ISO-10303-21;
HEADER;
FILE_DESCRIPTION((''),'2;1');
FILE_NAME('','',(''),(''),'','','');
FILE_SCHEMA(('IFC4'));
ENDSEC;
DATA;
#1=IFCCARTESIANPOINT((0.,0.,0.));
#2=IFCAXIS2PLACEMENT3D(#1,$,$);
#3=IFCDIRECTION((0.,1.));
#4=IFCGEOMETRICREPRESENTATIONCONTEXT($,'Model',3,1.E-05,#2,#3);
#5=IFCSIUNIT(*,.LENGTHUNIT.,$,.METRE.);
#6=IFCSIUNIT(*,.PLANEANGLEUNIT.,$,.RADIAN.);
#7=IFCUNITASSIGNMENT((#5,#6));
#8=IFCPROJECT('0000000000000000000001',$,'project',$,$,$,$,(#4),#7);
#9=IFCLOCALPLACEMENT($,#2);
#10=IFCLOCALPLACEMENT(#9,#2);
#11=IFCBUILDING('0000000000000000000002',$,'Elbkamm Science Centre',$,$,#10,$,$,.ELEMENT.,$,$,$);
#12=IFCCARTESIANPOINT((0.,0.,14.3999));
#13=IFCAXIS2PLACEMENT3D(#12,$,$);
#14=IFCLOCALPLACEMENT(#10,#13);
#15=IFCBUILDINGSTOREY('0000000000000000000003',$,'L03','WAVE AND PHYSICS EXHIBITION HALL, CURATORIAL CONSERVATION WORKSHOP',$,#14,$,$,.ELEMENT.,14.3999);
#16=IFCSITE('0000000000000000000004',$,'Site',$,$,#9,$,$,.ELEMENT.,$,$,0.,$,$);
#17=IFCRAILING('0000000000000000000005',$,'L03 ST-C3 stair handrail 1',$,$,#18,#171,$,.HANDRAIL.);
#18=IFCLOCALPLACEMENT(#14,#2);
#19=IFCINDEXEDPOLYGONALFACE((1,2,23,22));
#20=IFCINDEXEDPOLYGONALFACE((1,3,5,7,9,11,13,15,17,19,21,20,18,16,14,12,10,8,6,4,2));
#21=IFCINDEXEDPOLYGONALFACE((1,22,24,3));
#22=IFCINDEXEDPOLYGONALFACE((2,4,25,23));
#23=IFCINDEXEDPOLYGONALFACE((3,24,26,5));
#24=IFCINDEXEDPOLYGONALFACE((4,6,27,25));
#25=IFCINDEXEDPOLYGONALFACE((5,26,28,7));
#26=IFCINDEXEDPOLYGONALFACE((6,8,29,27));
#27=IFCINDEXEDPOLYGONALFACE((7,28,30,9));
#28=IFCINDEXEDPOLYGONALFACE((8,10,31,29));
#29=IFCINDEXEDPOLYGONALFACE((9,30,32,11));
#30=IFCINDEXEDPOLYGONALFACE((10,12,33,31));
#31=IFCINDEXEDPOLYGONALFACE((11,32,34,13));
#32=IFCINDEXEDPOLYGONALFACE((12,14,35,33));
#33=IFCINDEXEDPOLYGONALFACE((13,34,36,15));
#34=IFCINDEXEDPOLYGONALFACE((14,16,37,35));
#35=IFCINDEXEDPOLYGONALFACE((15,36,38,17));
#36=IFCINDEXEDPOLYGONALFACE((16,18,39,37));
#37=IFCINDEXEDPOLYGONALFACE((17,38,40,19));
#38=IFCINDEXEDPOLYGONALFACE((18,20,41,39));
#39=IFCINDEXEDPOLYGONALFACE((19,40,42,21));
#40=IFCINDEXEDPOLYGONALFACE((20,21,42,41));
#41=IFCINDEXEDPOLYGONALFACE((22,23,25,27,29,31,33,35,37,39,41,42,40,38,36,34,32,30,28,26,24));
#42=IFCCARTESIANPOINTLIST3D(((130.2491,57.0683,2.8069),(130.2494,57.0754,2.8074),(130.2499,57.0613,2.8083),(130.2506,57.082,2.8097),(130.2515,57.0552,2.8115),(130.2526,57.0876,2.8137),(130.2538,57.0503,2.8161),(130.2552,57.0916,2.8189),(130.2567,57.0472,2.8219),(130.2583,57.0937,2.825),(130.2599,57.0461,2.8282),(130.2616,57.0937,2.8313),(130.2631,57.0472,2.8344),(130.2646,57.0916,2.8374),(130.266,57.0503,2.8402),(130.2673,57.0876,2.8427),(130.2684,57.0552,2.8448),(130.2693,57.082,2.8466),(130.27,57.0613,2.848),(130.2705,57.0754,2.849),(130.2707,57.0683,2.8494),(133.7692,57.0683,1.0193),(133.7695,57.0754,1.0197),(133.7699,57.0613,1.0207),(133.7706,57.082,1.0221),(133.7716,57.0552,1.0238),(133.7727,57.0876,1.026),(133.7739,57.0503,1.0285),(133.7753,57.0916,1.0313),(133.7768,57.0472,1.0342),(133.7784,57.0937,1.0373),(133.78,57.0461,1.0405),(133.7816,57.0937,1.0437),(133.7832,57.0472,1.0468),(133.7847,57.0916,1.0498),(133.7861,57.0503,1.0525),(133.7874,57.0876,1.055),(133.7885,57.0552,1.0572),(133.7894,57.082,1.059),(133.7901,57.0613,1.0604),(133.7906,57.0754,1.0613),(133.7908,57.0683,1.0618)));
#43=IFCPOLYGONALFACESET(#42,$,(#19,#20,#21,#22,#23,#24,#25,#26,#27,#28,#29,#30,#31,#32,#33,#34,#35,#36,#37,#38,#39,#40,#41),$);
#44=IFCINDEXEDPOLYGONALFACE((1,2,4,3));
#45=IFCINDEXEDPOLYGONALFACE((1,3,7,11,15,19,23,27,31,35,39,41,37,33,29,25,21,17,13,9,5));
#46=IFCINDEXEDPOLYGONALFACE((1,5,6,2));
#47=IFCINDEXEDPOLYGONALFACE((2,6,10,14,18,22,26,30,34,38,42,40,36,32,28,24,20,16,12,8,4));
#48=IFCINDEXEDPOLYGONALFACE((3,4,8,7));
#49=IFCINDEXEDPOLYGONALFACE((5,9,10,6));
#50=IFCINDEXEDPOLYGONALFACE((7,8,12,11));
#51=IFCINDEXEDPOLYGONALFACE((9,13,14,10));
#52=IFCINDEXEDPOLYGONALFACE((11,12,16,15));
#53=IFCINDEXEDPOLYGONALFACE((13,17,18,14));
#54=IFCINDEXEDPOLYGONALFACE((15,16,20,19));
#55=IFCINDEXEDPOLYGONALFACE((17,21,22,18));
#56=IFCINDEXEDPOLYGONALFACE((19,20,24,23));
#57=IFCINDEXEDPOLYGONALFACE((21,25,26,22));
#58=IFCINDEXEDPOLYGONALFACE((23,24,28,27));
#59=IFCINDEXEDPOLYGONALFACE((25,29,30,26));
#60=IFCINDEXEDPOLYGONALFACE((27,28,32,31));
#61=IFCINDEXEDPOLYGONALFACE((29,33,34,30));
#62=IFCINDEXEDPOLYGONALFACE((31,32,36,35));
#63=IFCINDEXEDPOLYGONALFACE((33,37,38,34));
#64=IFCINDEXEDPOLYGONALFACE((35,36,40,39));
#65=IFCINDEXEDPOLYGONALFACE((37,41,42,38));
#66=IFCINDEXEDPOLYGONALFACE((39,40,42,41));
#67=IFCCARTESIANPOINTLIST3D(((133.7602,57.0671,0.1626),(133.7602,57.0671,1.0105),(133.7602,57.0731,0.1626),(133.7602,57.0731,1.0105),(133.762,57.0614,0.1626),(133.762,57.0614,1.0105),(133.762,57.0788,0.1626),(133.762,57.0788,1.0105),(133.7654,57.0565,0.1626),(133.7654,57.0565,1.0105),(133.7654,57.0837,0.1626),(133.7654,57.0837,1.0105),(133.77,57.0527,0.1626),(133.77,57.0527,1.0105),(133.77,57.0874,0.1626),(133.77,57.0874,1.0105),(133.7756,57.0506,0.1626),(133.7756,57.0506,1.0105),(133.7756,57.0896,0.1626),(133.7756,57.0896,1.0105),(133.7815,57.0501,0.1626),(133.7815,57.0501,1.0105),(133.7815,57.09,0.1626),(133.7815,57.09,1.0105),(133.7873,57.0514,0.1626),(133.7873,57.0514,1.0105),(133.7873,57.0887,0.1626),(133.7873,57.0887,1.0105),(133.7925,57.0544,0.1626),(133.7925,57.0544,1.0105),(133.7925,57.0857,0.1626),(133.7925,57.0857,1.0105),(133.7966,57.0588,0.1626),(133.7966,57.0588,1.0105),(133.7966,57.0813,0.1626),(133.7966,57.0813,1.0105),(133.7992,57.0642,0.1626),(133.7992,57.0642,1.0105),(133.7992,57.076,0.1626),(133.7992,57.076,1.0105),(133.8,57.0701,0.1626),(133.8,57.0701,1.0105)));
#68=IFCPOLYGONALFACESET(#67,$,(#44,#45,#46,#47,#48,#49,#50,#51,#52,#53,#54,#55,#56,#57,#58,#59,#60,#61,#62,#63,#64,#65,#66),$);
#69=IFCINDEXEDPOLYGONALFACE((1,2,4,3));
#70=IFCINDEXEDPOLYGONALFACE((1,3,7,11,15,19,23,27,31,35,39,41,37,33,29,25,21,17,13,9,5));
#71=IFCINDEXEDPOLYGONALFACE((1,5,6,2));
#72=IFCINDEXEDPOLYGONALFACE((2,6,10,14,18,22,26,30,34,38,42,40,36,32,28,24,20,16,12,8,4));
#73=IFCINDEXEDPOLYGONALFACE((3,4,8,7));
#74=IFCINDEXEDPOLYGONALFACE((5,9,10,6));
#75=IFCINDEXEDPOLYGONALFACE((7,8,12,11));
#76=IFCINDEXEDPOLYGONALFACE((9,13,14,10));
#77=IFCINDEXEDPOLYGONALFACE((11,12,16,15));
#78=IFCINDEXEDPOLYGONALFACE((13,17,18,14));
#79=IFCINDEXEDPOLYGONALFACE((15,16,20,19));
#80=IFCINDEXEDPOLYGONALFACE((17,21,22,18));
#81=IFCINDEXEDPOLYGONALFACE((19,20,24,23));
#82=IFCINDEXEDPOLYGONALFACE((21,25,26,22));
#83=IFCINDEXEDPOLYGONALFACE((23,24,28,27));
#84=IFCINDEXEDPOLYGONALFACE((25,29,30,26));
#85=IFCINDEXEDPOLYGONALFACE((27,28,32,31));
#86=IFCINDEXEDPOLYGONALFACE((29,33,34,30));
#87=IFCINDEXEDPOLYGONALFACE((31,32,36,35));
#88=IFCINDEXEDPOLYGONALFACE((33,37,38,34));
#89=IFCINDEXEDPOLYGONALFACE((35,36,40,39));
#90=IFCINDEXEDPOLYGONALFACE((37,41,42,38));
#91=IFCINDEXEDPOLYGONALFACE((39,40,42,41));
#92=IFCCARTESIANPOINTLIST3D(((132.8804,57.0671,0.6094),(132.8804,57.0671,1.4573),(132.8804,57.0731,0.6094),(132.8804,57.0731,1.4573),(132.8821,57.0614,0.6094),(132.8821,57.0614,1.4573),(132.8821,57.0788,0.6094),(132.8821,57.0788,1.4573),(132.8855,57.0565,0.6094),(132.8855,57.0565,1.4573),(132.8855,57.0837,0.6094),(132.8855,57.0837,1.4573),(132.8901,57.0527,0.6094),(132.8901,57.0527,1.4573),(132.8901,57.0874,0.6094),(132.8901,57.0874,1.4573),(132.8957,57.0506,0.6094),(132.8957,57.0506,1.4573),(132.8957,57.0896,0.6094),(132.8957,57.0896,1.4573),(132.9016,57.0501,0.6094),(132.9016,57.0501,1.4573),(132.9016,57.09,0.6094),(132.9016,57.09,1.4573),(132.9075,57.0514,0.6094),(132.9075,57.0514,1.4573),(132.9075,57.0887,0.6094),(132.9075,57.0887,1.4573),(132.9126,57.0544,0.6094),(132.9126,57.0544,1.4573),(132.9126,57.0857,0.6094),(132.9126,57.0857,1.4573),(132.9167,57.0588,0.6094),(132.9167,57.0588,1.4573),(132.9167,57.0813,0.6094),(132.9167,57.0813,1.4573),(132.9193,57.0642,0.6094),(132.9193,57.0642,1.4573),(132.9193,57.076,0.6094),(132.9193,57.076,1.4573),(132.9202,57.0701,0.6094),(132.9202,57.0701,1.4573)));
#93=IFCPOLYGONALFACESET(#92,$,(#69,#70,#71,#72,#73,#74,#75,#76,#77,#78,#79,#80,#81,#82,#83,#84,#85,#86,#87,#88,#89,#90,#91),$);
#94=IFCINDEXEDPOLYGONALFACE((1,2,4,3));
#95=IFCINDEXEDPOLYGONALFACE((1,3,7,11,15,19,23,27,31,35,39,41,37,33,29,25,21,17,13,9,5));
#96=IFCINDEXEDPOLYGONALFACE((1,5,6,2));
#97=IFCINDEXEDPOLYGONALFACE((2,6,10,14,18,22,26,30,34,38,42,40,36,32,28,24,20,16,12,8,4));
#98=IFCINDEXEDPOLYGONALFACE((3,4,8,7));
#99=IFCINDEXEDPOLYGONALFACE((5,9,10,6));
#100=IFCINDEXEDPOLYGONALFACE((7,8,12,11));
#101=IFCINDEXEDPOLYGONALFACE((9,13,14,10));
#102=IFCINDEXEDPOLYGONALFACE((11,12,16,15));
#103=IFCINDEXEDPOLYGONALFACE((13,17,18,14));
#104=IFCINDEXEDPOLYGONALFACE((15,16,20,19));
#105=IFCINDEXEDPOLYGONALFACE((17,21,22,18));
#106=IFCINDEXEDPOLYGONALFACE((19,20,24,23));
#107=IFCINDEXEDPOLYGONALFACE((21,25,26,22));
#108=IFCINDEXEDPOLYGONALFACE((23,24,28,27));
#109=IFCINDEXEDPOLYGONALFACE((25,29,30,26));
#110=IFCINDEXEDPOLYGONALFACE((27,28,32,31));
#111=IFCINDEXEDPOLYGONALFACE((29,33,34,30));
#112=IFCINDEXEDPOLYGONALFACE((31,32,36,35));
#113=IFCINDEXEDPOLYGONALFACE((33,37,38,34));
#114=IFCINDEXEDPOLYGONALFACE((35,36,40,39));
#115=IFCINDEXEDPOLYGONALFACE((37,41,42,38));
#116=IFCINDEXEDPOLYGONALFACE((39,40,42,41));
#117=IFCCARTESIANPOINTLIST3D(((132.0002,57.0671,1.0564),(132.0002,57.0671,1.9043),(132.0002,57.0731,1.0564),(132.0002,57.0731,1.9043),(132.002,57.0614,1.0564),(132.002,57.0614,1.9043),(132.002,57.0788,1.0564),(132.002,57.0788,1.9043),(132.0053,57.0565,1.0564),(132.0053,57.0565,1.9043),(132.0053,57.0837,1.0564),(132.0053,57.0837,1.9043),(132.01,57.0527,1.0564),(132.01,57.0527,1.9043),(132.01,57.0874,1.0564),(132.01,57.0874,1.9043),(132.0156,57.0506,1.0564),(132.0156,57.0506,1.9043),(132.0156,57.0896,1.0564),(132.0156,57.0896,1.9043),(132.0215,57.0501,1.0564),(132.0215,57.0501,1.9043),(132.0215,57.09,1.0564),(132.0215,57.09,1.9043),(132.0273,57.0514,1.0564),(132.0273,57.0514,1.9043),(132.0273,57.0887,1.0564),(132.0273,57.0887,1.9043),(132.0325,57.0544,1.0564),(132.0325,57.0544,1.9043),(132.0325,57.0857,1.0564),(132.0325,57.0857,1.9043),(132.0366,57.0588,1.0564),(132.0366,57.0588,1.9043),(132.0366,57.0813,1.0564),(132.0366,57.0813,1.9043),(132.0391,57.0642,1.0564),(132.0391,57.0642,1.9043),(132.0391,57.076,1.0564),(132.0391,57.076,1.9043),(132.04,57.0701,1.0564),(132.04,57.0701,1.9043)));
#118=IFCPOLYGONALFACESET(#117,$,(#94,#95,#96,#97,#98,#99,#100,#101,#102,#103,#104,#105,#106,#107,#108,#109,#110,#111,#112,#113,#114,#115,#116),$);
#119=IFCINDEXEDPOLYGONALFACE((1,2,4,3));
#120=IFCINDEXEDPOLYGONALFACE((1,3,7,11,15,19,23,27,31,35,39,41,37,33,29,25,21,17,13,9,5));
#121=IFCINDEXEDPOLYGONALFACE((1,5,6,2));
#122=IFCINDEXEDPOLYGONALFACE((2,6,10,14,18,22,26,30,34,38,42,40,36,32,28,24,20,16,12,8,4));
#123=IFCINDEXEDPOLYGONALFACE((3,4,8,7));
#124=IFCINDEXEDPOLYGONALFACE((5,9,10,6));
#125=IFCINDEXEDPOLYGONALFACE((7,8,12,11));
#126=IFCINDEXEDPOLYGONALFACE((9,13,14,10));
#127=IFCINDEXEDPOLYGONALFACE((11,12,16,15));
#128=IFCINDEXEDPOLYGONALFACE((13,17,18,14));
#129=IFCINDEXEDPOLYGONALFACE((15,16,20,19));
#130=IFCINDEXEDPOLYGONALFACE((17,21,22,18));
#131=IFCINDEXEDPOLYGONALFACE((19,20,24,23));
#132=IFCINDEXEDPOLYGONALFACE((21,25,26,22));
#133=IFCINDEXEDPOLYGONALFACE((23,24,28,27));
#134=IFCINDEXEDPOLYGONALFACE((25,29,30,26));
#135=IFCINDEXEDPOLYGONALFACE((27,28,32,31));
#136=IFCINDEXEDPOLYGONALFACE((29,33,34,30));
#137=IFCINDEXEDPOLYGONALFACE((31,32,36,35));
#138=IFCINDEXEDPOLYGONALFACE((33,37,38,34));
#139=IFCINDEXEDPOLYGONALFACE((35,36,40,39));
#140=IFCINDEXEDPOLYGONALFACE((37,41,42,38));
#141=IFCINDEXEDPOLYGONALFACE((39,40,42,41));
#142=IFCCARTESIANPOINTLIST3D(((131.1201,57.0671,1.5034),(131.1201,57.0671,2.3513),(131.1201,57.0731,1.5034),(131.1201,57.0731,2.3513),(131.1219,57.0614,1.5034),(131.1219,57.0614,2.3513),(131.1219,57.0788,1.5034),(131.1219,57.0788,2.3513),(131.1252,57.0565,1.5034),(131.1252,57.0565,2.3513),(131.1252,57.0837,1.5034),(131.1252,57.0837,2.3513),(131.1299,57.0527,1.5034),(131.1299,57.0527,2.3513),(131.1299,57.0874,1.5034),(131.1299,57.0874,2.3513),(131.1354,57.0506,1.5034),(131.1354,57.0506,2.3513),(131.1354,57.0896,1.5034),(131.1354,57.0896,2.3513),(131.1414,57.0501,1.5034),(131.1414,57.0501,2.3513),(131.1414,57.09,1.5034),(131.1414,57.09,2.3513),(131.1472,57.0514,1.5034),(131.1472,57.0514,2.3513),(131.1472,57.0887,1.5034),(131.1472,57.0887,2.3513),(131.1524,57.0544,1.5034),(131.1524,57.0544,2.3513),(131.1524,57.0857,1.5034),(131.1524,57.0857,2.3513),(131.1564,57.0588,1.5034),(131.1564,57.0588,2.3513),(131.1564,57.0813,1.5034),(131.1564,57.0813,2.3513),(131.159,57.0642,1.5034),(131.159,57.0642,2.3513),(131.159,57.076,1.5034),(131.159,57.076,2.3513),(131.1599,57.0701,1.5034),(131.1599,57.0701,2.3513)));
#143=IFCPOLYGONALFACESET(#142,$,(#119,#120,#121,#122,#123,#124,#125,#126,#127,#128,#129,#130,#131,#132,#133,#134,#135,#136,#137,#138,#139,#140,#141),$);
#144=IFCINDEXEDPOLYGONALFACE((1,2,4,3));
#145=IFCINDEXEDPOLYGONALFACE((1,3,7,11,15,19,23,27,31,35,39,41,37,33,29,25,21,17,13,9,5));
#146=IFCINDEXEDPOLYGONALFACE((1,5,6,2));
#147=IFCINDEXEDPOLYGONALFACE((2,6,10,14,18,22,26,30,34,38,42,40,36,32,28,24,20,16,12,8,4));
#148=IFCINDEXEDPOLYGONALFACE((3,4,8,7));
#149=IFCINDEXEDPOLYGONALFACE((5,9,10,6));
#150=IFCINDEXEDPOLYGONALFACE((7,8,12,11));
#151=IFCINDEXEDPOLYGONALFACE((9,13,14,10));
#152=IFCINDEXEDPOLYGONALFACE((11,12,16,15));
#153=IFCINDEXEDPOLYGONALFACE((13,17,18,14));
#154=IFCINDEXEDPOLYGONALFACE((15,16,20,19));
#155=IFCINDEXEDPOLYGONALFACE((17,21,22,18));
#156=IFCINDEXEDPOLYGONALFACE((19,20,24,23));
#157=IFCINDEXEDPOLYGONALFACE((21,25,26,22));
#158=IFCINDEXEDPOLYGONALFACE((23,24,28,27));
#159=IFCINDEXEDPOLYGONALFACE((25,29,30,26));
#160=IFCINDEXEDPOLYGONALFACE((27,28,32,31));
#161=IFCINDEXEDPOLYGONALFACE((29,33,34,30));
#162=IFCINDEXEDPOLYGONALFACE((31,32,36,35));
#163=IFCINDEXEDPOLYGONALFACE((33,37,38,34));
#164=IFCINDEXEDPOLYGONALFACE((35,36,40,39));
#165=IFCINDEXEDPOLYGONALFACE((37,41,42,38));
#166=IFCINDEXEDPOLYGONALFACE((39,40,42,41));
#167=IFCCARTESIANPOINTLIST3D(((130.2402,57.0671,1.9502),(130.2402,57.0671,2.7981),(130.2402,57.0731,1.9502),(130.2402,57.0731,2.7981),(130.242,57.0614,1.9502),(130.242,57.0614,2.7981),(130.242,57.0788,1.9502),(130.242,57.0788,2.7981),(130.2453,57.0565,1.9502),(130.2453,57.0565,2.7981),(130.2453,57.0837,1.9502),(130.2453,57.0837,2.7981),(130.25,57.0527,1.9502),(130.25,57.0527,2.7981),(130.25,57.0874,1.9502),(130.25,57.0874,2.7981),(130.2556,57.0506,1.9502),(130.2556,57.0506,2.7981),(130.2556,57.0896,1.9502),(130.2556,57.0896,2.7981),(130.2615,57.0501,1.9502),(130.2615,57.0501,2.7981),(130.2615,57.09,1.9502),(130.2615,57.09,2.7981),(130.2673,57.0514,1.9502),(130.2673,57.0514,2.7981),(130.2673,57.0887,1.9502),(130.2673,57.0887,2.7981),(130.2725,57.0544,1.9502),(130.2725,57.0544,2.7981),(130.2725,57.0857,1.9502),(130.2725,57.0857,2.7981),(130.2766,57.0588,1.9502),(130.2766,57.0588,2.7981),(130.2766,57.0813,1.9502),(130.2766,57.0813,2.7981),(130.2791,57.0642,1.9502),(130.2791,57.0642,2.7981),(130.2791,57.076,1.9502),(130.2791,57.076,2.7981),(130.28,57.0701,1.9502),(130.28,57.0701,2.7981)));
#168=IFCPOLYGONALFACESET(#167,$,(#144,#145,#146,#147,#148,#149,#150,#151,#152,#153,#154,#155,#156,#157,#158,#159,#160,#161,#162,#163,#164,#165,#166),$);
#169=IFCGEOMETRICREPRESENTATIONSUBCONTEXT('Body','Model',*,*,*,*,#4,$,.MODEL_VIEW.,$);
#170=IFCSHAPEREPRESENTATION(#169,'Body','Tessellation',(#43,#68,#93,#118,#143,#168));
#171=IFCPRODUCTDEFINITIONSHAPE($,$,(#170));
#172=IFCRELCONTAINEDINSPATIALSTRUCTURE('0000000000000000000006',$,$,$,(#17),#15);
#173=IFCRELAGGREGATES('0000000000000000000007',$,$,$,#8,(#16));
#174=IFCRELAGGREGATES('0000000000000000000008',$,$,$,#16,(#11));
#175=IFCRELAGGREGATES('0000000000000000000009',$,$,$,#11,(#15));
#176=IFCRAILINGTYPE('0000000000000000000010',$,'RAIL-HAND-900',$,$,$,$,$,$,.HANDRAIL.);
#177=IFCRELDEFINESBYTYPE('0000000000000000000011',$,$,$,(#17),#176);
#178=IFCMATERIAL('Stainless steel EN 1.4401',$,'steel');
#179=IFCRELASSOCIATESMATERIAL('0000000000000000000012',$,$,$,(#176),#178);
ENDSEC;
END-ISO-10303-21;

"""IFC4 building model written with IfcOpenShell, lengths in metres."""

from ifc_helpers import new_model, si_unit, direction, frame, origin, origin_2d, place, context, subcontext, project, spatial, circle, extrude, material, type_object, element, save


model = new_model("IFC4")

# Units and contexts
model_context = context("Model", 3, precision=1e-05, world=origin(), true_north=direction((0.0, 1.0)))
body_context = subcontext(model_context, "Body", "Model", "MODEL_VIEW")
ifc_project = project(units=[si_unit("LENGTHUNIT", "METRE"), si_unit("PLANEANGLEUNIT", "RADIAN")], contexts=[model_context])

# Site, building, storey
site_placement = place(None, origin())
site = spatial("IfcSite", under=ifc_project, at=site_placement, Name="Site", CompositionType="ELEMENT", RefElevation=0.0)
building_placement = place(site_placement, origin())
building = spatial("IfcBuilding", under=site, at=building_placement, Name="Elbkamm Science Centre", CompositionType="ELEMENT")
storey_placement = place(building_placement, frame((0.0, 0.0, 14.3999)))
storey = spatial("IfcBuildingStorey", under=building, at=storey_placement, Name="L03", Description="WAVE AND PHYSICS EXHIBITION HALL, CURATORIAL CONSERVATION WORKSHOP", CompositionType="ELEMENT", Elevation=14.3999)

# Railing
ifc_material_1 = material(Name="Stainless steel EN 1.4401", Category="steel")
railing_type_1 = type_object("IfcRailingType", Name="RAIL-HAND-900", PredefinedType="HANDRAIL", material=ifc_material_1)
railing_1_placement = place(storey_placement, frame((133.78, 57.0701, 0.1626)))
element("IfcRailing", 1, at=railing_1_placement, inside=storey, type_object=railing_type_1, Name="L03 ST-C3 stair handrail 1", PredefinedType="HANDRAIL", context=body_context, shape_type="SweptSolid", body=[
    extrude(circle(Radius=0.0239, at=origin_2d()), frame((0.0, 0.0, 0.8779), z_axis=(-0.891615, 0.0, 0.452795), x_axis=(0.0, -1.0, 0.0)), (0.0, 0.0, 1.0), 3.948),
    extrude(circle(Radius=0.02, at=origin_2d()), origin(), (0.0, 0.0, 1.0), 0.8479),
    extrude(circle(Radius=0.02, at=origin_2d()), frame((-0.8799, 0.0, 0.4468)), (0.0, 0.0, 1.0), 0.8479),
    extrude(circle(Radius=0.02, at=origin_2d()), frame((-1.76, 0.0, 0.8938)), (0.0, 0.0, 1.0), 0.8479),
    extrude(circle(Radius=0.02, at=origin_2d()), frame((-2.6401, 0.0, 1.3408)), (0.0, 0.0, 1.0), 0.8479),
    extrude(circle(Radius=0.02, at=origin_2d()), frame((-3.52, 0.0, 1.7876)), (0.0, 0.0, 1.0), 0.8479),
])

save(model, "model.ifc")
